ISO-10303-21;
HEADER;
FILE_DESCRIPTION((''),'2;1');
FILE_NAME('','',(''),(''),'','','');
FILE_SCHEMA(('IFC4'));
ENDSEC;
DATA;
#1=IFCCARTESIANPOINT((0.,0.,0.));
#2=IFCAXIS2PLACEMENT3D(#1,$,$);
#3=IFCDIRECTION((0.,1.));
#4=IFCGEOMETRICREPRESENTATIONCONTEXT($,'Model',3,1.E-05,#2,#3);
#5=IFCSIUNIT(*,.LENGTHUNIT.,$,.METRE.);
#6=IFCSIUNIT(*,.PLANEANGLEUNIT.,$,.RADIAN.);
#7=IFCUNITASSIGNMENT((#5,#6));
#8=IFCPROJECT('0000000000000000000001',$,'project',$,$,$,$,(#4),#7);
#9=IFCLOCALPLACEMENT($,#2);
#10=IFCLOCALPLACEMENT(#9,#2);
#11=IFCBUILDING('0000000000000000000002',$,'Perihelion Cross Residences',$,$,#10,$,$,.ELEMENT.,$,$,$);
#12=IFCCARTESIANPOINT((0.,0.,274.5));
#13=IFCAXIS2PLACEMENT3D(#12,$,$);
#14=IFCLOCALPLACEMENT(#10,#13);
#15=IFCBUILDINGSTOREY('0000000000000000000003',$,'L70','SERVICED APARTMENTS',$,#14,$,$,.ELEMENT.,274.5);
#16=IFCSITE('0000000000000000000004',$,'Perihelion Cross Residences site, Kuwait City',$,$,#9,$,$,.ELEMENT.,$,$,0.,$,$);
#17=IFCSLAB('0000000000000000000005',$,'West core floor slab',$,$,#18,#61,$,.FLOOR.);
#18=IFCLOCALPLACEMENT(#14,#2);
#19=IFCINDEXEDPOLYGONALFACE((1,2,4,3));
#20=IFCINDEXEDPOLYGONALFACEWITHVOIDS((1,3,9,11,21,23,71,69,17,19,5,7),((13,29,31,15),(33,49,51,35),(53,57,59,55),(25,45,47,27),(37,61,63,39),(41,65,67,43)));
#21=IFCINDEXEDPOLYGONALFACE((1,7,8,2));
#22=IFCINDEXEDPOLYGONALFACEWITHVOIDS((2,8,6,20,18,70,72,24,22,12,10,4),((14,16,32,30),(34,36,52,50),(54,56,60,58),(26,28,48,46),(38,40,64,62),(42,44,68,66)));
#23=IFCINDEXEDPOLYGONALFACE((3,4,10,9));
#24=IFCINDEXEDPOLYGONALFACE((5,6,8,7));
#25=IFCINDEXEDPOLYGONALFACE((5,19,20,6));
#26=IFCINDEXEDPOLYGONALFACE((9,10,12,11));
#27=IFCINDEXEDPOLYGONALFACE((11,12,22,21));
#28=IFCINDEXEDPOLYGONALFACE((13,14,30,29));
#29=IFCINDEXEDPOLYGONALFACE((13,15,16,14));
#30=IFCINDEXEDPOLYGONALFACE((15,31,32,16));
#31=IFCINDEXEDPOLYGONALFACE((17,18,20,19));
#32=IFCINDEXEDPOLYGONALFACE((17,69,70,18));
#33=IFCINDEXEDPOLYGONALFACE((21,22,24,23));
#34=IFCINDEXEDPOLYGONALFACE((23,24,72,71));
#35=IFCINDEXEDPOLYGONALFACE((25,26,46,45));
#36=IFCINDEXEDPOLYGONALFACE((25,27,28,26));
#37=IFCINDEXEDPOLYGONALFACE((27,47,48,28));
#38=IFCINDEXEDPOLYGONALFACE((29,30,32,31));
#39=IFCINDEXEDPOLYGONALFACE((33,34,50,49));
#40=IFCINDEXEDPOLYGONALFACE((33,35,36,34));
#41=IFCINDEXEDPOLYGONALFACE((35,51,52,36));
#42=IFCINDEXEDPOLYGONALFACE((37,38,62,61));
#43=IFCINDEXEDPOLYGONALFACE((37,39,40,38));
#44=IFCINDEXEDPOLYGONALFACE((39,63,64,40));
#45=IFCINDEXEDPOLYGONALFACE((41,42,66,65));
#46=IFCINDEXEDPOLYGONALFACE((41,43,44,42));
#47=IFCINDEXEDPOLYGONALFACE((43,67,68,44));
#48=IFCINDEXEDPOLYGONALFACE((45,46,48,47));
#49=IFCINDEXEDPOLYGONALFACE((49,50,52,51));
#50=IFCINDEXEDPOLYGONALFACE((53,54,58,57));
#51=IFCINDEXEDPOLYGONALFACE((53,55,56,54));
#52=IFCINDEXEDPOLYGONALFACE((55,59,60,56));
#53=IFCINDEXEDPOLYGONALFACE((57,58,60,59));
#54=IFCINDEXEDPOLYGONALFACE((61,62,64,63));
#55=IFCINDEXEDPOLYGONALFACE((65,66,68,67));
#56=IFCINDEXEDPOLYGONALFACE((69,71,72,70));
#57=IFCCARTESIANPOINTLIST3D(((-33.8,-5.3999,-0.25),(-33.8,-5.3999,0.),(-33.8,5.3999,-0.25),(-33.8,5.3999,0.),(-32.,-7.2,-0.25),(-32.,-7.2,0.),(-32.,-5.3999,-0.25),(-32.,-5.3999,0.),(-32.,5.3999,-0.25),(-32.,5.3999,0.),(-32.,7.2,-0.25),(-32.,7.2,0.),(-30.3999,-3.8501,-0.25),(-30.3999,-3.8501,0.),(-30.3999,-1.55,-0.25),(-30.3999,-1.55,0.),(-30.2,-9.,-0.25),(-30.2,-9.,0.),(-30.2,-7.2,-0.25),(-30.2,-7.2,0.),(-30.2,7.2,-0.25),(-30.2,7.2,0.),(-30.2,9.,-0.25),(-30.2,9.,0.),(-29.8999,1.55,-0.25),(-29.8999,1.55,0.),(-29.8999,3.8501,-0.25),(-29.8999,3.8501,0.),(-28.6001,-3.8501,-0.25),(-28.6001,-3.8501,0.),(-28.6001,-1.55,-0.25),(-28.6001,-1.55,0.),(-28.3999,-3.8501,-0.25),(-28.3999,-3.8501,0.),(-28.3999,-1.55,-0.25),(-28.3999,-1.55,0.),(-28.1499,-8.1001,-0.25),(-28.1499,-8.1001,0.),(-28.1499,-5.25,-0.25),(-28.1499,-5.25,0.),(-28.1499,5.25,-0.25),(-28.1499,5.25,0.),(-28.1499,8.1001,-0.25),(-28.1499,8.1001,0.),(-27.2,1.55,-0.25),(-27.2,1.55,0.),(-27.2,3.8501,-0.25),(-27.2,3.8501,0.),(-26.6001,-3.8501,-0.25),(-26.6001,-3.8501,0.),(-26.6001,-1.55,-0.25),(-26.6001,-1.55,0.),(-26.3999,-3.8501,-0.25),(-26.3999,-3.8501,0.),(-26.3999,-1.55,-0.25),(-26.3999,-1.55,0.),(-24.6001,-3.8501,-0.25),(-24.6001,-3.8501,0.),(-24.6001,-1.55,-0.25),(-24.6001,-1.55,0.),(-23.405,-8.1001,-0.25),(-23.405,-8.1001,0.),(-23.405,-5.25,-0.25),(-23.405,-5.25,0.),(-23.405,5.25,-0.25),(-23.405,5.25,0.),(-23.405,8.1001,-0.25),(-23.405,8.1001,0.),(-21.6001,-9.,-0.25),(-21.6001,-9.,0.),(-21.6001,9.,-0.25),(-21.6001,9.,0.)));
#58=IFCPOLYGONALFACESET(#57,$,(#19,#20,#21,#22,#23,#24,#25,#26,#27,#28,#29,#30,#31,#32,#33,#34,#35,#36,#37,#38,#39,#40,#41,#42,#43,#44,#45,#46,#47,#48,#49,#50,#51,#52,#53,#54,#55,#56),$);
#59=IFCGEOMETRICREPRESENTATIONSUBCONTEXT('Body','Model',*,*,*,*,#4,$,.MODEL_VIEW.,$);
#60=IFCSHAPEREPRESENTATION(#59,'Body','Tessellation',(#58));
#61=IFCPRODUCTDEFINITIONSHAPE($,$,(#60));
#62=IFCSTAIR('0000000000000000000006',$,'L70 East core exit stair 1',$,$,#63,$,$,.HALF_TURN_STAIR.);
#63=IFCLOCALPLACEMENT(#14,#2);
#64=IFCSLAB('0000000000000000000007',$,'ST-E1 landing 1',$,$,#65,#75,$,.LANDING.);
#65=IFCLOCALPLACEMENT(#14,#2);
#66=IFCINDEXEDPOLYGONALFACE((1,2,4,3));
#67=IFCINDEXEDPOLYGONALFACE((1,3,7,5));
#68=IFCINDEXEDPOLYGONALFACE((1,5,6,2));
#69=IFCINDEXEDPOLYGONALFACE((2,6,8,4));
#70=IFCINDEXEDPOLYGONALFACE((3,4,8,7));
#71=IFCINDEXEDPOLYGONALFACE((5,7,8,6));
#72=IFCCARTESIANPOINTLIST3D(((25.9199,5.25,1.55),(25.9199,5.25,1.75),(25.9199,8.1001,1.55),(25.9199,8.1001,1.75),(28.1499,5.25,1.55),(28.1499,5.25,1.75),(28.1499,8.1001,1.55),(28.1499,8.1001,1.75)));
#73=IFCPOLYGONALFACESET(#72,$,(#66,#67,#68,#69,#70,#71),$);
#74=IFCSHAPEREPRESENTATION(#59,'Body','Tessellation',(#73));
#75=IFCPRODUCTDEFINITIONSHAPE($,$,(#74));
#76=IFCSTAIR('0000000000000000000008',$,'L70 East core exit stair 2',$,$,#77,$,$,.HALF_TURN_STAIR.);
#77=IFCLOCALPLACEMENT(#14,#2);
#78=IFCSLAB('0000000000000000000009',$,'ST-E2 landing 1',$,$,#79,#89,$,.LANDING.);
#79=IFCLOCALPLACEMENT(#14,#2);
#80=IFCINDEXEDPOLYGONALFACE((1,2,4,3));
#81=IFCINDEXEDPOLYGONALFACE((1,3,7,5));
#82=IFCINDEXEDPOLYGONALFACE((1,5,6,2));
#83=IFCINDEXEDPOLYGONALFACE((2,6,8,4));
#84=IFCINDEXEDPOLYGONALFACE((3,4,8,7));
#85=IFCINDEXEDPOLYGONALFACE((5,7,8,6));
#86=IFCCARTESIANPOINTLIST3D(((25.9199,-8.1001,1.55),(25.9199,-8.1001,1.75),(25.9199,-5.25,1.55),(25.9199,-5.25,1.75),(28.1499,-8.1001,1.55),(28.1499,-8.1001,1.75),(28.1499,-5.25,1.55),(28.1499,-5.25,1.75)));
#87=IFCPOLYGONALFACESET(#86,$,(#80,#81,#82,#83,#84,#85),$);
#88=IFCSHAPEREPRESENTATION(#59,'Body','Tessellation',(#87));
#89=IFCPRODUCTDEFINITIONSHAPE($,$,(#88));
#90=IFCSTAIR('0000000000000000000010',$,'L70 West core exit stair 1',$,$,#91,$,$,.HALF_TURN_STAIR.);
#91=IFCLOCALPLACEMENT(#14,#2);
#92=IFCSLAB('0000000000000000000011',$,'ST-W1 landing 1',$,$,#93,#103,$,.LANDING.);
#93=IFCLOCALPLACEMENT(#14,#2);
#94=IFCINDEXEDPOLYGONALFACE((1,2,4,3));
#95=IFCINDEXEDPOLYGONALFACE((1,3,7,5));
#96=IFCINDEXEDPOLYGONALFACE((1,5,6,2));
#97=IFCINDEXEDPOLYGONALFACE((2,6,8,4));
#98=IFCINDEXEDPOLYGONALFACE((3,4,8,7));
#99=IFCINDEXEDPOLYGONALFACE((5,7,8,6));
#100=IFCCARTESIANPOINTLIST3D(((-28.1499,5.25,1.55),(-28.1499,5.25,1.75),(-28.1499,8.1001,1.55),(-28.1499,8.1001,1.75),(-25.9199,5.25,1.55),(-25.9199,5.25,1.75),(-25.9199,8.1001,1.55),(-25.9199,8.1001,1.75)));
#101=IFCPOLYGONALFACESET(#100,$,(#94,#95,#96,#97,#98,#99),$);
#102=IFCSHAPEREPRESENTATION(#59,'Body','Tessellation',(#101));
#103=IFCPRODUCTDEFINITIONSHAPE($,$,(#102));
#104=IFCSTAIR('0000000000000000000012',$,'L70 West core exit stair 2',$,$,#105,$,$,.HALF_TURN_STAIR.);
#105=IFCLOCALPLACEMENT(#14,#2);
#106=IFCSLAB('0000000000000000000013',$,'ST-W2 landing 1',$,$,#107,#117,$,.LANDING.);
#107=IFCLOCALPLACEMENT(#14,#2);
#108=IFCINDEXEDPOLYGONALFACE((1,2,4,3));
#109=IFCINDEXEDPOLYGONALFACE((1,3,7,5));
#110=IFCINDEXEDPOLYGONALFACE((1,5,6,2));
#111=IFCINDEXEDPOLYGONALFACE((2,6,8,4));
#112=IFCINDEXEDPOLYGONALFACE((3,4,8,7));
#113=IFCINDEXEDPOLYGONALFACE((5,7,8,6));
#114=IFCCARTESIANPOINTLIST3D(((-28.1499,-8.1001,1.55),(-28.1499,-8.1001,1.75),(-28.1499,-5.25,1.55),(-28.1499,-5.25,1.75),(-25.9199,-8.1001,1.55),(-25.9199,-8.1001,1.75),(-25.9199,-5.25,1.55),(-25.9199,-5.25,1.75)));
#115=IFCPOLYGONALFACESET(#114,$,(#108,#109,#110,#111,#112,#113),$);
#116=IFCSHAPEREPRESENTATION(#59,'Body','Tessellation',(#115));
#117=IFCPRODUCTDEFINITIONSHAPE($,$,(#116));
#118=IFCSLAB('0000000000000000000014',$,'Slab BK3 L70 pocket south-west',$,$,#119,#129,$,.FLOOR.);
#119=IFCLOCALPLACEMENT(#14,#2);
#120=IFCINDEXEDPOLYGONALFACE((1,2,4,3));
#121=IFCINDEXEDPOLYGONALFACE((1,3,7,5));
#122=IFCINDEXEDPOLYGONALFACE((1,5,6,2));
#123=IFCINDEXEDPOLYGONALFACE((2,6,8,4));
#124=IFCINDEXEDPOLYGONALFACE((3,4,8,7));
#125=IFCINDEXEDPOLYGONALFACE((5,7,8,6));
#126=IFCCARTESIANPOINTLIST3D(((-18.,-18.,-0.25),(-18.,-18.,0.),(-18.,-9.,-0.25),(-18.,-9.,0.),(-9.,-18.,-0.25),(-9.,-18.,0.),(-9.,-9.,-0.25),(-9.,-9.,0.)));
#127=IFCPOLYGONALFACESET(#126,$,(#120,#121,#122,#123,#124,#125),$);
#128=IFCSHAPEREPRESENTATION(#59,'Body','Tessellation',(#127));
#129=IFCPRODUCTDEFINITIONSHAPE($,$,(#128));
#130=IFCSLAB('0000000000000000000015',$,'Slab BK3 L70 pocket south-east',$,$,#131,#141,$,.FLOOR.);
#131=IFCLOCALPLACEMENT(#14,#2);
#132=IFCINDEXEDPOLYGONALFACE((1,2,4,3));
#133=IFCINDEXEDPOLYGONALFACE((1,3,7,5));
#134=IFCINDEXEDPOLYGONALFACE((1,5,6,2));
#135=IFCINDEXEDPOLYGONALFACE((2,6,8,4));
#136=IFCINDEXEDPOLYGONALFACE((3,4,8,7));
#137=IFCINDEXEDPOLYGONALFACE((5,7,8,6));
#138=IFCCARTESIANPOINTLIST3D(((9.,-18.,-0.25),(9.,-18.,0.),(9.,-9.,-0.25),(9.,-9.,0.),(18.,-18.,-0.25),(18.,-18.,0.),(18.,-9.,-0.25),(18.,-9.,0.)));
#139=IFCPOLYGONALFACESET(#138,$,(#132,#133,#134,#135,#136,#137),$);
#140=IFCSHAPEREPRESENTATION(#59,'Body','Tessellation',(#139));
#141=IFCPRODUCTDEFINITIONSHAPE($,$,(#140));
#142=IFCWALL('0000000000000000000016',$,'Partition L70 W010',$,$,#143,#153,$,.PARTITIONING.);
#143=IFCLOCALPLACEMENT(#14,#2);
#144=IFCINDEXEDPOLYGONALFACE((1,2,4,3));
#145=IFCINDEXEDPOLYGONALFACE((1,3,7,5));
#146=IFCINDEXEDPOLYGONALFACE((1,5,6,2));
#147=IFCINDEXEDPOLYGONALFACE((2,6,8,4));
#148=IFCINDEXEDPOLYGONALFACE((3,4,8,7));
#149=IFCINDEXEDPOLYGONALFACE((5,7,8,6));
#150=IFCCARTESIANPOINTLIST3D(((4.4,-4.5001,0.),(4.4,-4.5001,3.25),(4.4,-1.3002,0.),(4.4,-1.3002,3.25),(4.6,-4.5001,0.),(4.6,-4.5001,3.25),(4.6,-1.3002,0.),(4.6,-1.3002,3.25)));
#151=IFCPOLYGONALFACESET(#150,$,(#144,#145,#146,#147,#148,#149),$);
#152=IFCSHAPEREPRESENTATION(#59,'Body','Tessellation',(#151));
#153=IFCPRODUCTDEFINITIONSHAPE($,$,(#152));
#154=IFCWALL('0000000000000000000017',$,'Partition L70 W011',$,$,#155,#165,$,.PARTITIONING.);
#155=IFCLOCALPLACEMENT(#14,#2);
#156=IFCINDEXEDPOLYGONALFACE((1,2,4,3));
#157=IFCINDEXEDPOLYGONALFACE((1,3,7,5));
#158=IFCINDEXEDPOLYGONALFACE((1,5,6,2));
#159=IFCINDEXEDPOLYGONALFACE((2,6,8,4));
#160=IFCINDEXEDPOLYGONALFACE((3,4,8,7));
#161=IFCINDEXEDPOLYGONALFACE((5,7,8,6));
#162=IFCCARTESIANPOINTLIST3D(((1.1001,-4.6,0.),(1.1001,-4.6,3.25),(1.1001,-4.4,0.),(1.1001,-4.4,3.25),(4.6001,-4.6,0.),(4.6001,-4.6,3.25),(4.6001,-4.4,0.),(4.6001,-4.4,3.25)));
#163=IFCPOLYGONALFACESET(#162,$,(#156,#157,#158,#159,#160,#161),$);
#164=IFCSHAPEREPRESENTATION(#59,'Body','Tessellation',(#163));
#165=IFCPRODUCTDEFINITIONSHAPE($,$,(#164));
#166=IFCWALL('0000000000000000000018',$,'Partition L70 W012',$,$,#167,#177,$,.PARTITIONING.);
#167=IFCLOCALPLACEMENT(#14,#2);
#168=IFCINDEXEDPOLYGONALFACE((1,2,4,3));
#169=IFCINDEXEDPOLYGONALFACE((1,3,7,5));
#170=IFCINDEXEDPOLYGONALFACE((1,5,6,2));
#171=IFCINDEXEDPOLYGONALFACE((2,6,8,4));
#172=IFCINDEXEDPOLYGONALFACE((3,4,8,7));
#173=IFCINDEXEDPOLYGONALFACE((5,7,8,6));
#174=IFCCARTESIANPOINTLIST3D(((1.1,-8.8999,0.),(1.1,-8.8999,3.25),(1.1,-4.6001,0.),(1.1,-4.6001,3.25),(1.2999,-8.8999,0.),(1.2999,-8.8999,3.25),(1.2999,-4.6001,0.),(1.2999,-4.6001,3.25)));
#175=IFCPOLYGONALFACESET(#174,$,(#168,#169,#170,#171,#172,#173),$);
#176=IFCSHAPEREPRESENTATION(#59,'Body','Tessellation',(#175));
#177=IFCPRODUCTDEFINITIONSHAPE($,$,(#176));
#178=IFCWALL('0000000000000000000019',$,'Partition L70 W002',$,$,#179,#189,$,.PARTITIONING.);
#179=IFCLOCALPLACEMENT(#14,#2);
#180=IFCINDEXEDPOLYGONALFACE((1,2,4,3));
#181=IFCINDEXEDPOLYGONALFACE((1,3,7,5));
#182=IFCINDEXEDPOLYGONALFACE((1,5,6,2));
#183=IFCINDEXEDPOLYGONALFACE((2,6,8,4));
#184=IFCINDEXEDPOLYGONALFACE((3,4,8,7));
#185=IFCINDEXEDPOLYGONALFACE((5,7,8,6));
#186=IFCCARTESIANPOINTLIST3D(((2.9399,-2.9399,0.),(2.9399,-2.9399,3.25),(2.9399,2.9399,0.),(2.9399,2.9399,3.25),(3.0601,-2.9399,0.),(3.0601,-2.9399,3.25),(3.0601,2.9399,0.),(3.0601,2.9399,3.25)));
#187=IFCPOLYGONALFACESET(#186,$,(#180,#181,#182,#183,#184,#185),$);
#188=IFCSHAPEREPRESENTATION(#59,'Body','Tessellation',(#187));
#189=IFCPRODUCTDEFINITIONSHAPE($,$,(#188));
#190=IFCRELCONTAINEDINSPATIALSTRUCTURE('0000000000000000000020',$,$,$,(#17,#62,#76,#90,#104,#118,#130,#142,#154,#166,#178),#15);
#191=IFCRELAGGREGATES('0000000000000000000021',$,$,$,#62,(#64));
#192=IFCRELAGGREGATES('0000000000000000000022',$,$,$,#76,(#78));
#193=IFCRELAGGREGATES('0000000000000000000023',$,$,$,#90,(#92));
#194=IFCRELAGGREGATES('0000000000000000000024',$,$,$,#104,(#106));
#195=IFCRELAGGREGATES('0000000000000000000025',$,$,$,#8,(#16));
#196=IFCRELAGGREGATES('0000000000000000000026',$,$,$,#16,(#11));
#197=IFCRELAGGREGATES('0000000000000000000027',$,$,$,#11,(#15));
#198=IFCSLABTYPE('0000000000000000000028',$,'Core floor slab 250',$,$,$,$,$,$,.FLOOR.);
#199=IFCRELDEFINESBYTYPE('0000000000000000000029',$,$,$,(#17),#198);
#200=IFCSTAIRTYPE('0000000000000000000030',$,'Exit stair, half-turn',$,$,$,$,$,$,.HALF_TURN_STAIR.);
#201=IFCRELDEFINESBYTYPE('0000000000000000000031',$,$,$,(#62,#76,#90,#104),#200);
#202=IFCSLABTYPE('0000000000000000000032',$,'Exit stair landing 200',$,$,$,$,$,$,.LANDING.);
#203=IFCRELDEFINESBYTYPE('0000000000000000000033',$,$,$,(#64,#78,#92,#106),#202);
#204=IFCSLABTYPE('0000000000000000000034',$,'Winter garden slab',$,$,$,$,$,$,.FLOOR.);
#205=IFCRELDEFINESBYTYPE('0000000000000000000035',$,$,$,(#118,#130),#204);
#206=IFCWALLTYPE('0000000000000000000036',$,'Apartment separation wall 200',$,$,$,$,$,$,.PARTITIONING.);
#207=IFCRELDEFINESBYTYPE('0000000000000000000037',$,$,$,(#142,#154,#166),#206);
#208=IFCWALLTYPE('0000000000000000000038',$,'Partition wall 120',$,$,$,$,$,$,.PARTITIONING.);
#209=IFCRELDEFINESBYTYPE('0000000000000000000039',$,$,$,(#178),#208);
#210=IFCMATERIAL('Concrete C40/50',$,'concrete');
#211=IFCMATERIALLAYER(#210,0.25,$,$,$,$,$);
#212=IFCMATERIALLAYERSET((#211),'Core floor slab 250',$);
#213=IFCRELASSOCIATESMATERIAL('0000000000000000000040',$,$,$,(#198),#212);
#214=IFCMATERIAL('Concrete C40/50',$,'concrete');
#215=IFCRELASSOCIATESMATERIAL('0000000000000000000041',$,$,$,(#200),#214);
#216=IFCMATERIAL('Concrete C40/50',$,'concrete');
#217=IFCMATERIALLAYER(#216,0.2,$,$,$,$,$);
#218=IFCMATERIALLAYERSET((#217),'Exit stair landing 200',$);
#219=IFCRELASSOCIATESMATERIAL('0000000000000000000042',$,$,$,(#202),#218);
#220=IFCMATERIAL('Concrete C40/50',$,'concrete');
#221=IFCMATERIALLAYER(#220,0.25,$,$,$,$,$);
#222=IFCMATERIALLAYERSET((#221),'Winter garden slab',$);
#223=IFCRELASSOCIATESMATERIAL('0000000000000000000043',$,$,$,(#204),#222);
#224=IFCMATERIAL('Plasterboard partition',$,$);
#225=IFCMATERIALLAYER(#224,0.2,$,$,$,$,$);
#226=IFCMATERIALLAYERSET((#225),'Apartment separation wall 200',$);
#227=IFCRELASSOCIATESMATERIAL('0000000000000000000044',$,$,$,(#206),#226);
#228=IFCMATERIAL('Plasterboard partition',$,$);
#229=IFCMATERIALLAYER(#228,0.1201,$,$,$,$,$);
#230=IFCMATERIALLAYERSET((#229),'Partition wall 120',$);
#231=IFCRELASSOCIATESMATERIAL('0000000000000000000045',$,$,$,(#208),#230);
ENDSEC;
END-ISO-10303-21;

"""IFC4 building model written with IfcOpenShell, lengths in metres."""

from ifc_helpers import new_model, si_unit, direction, frame, frame_2d, origin, place, context, subcontext, project, spatial, polyline, rectangle, outline, extrude, material, layer, layer_set, type_object, element, aggregate, save


model = new_model("IFC4")

# Units and contexts
model_context = context("Model", 3, precision=1e-05, world=origin(), true_north=direction((0.0, 1.0)))
body_context = subcontext(model_context, "Body", "Model", "MODEL_VIEW")
ifc_project = project(units=[si_unit("LENGTHUNIT", "METRE"), si_unit("PLANEANGLEUNIT", "RADIAN")], contexts=[model_context])

# Site, building, storey
site_placement = place(None, origin())
site = spatial("IfcSite", under=ifc_project, at=site_placement, Name="Perihelion Cross Residences site, Kuwait City", CompositionType="ELEMENT", RefElevation=0.0)
building_placement = place(site_placement, origin())
building = spatial("IfcBuilding", under=site, at=building_placement, Name="Perihelion Cross Residences", CompositionType="ELEMENT")
storey_placement = place(building_placement, frame((0.0, 0.0, 274.5)))
storey = spatial("IfcBuildingStorey", under=building, at=storey_placement, Name="L70", Description="SERVICED APARTMENTS", CompositionType="ELEMENT", Elevation=274.5)

# Slab
ifc_material_1 = material(Name="Concrete C40/50", Category="concrete")
ifc_layer_1 = layer(ifc_material_1, 0.25)
ifc_layer_set_1 = layer_set([ifc_layer_1], Name="Core floor slab 250")
slab_type_1 = type_object("IfcSlabType", Name="Core floor slab 250", PredefinedType="FLOOR", material=ifc_layer_set_1)
slab_1_placement = place(storey_placement, frame((0.0, 0.0, -0.25)))
element("IfcSlab", 1, at=slab_1_placement, inside=storey, type_object=slab_type_1, Name="West core floor slab", PredefinedType="FLOOR", context=body_context, shape_type="SweptSolid", body=[
    extrude(outline(polyline([(-30.2, 7.2), (-32.0, 7.2), (-32.0, 5.3999), (-33.8, 5.3999), (-33.8, -5.3999), (-32.0, -5.3999), (-32.0, -7.2), (-30.2, -7.2), (-30.2, -9.0), (-21.6001, -9.0), (-21.6001, 9.0), (-30.2, 9.0), (-30.2, 7.2)]), holes=[polyline([(-28.1499, -8.1001), (-28.1499, -5.25), (-23.405, -5.25), (-23.405, -8.1001), (-28.1499, -8.1001)]), polyline([(-24.6001, -1.55), (-24.6001, -3.8501), (-26.3999, -3.8501), (-26.3999, -1.55), (-24.6001, -1.55)]), polyline([(-26.6001, -1.55), (-26.6001, -3.8501), (-28.3999, -3.8501), (-28.3999, -1.55), (-26.6001, -1.55)]), polyline([(-28.6001, -3.8501), (-30.3999, -3.8501), (-30.3999, -1.55), (-28.6001, -1.55), (-28.6001, -3.8501)]), polyline([(-27.2, 3.8501), (-27.2, 1.55), (-29.8999, 1.55), (-29.8999, 3.8501), (-27.2, 3.8501)]), polyline([(-23.405, 5.25), (-28.1499, 5.25), (-28.1499, 8.1001), (-23.405, 8.1001), (-23.405, 5.25)])]), origin(), (0.0, 0.0, 1.0), 0.25),
])

# Stairs, slabs
ifc_material_2 = material(Name="Concrete C40/50", Category="concrete")
stair_type = type_object("IfcStairType", Name="Exit stair, half-turn", PredefinedType="HALF_TURN_STAIR", material=ifc_material_2)
stair_1_placement = place(storey_placement, origin())
stair_1 = element("IfcStair", 2, at=stair_1_placement, inside=storey, type_object=stair_type, Name="L70 East core exit stair 1", PredefinedType="HALF_TURN_STAIR")
ifc_material_3 = material(Name="Concrete C40/50", Category="concrete")
ifc_layer_2 = layer(ifc_material_3, 0.2)
ifc_layer_set_2 = layer_set([ifc_layer_2], Name="Exit stair landing 200")
slab_type_2 = type_object("IfcSlabType", Name="Exit stair landing 200", PredefinedType="LANDING", material=ifc_layer_set_2)
slab_2_placement = place(storey_placement, frame((0.0, 0.0, 1.55)))
slab_2 = element("IfcSlab", 3, at=slab_2_placement, type_object=slab_type_2, Name="ST-E1 landing 1", PredefinedType="LANDING", context=body_context, shape_type="SweptSolid", body=[
    extrude(outline(polyline([(25.9199, 5.25), (28.1499, 5.25), (28.1499, 8.1001), (25.9199, 8.1001), (25.9199, 5.25)])), origin(), (0.0, 0.0, 1.0), 0.2),
])
aggregate(stair_1, [slab_2])
stair_2_placement = place(storey_placement, origin())
stair_2 = element("IfcStair", 4, at=stair_2_placement, inside=storey, type_object=stair_type, Name="L70 East core exit stair 2", PredefinedType="HALF_TURN_STAIR")
slab_3_placement = place(storey_placement, frame((0.0, 0.0, 1.55)))
slab_3 = element("IfcSlab", 5, at=slab_3_placement, type_object=slab_type_2, Name="ST-E2 landing 1", PredefinedType="LANDING", context=body_context, shape_type="SweptSolid", body=[
    extrude(outline(polyline([(25.9199, -8.1001), (28.1499, -8.1001), (28.1499, -5.25), (25.9199, -5.25), (25.9199, -8.1001)])), origin(), (0.0, 0.0, 1.0), 0.2),
])
aggregate(stair_2, [slab_3])
stair_3_placement = place(storey_placement, origin())
stair_3 = element("IfcStair", 6, at=stair_3_placement, inside=storey, type_object=stair_type, Name="L70 West core exit stair 1", PredefinedType="HALF_TURN_STAIR")
slab_4_placement = place(storey_placement, frame((0.0, 0.0, 1.55)))
slab_4 = element("IfcSlab", 7, at=slab_4_placement, type_object=slab_type_2, Name="ST-W1 landing 1", PredefinedType="LANDING", context=body_context, shape_type="SweptSolid", body=[
    extrude(outline(polyline([(-25.9199, 8.1001), (-28.1499, 8.1001), (-28.1499, 5.25), (-25.9199, 5.25), (-25.9199, 8.1001)])), origin(), (0.0, 0.0, 1.0), 0.2),
])
aggregate(stair_3, [slab_4])
stair_4_placement = place(storey_placement, origin())
stair_4 = element("IfcStair", 8, at=stair_4_placement, inside=storey, type_object=stair_type, Name="L70 West core exit stair 2", PredefinedType="HALF_TURN_STAIR")
slab_5_placement = place(storey_placement, frame((0.0, 0.0, 1.55)))
slab_5 = element("IfcSlab", 9, at=slab_5_placement, type_object=slab_type_2, Name="ST-W2 landing 1", PredefinedType="LANDING", context=body_context, shape_type="SweptSolid", body=[
    extrude(outline(polyline([(-25.9199, -5.25), (-28.1499, -5.25), (-28.1499, -8.1001), (-25.9199, -8.1001), (-25.9199, -5.25)])), origin(), (0.0, 0.0, 1.0), 0.2),
])
aggregate(stair_4, [slab_5])

# Slabs
ifc_material_4 = material(Name="Concrete C40/50", Category="concrete")
ifc_layer_3 = layer(ifc_material_4, 0.25)
ifc_layer_set_3 = layer_set([ifc_layer_3], Name="Winter garden slab")
slab_type_3 = type_object("IfcSlabType", Name="Winter garden slab", PredefinedType="FLOOR", material=ifc_layer_set_3)
slab_6_placement = place(storey_placement, frame((0.0, 0.0, -0.25)))
element("IfcSlab", 10, at=slab_6_placement, inside=storey, type_object=slab_type_3, Name="Slab BK3 L70 pocket south-west", PredefinedType="FLOOR", context=body_context, shape_type="SweptSolid", body=[
    extrude(outline(polyline([(-9.0, -18.0), (-9.0, -9.0), (-18.0, -9.0), (-18.0, -18.0), (-9.0, -18.0)])), origin(), (0.0, 0.0, 1.0), 0.25),
])
slab_7_placement = place(storey_placement, frame((0.0, 0.0, -0.25)))
element("IfcSlab", 11, at=slab_7_placement, inside=storey, type_object=slab_type_3, Name="Slab BK3 L70 pocket south-east", PredefinedType="FLOOR", context=body_context, shape_type="SweptSolid", body=[
    extrude(outline(polyline([(18.0, -18.0), (18.0, -9.0), (9.0, -9.0), (9.0, -18.0), (18.0, -18.0)])), origin(), (0.0, 0.0, 1.0), 0.25),
])

# Walls
ifc_material_5 = material(Name="Plasterboard partition")
ifc_layer_4 = layer(ifc_material_5, 0.2)
ifc_layer_set_4 = layer_set([ifc_layer_4], Name="Apartment separation wall 200")
wall_type_1 = type_object("IfcWallType", Name="Apartment separation wall 200", PredefinedType="PARTITIONING", material=ifc_layer_set_4)
wall_1_placement = place(storey_placement, frame((4.5, -1.3, 0.0), z_axis=(0.0, 0.0, 1.0), x_axis=(0.0, -1.0, 0.0)))
element("IfcWall", 12, at=wall_1_placement, inside=storey, type_object=wall_type_1, Name="Partition L70 W010", PredefinedType="PARTITIONING", context=body_context, shape_type="SweptSolid", body=[
    extrude(rectangle(XDim=3.2, YDim=0.2, at=frame_2d((1.6001, 0.0))), origin(), (0.0, 0.0, 1.0), 3.25),
])
wall_2_placement = place(storey_placement, frame((4.6001, -4.5, 0.0), z_axis=(0.0, 0.0, 1.0), x_axis=(-1.0, 0.0, 0.0)))
element("IfcWall", 13, at=wall_2_placement, inside=storey, type_object=wall_type_1, Name="Partition L70 W011", PredefinedType="PARTITIONING", context=body_context, shape_type="SweptSolid", body=[
    extrude(rectangle(XDim=3.5, YDim=0.2, at=frame_2d((1.75, 0.0))), origin(), (0.0, 0.0, 1.0), 3.25),
])
wall_3_placement = place(storey_placement, frame((1.2, -4.6001, 0.0), z_axis=(0.0, 0.0, 1.0), x_axis=(0.0, -1.0, 0.0)))
element("IfcWall", 14, at=wall_3_placement, inside=storey, type_object=wall_type_1, Name="Partition L70 W012", PredefinedType="PARTITIONING", context=body_context, shape_type="SweptSolid", body=[
    extrude(rectangle(XDim=4.2998, YDim=0.2, at=frame_2d((2.1499, 0.0))), origin(), (0.0, 0.0, 1.0), 3.25),
])
ifc_material_6 = material(Name="Plasterboard partition")
ifc_layer_5 = layer(ifc_material_6, 0.1201)
ifc_layer_set_5 = layer_set([ifc_layer_5], Name="Partition wall 120")
wall_type_2 = type_object("IfcWallType", Name="Partition wall 120", PredefinedType="PARTITIONING", material=ifc_layer_set_5)
wall_4_placement = place(storey_placement, frame((3.0, -2.9399, 0.0), z_axis=(0.0, 0.0, 1.0), x_axis=(0.0, 1.0, 0.0)))
element("IfcWall", 15, at=wall_4_placement, inside=storey, type_object=wall_type_2, Name="Partition L70 W002", PredefinedType="PARTITIONING", context=body_context, shape_type="SweptSolid", body=[
    extrude(rectangle(XDim=5.8799, YDim=0.1201, at=frame_2d((2.9399, 0.0))), origin(), (0.0, 0.0, 1.0), 3.25),
])

save(model, "model.ifc")
